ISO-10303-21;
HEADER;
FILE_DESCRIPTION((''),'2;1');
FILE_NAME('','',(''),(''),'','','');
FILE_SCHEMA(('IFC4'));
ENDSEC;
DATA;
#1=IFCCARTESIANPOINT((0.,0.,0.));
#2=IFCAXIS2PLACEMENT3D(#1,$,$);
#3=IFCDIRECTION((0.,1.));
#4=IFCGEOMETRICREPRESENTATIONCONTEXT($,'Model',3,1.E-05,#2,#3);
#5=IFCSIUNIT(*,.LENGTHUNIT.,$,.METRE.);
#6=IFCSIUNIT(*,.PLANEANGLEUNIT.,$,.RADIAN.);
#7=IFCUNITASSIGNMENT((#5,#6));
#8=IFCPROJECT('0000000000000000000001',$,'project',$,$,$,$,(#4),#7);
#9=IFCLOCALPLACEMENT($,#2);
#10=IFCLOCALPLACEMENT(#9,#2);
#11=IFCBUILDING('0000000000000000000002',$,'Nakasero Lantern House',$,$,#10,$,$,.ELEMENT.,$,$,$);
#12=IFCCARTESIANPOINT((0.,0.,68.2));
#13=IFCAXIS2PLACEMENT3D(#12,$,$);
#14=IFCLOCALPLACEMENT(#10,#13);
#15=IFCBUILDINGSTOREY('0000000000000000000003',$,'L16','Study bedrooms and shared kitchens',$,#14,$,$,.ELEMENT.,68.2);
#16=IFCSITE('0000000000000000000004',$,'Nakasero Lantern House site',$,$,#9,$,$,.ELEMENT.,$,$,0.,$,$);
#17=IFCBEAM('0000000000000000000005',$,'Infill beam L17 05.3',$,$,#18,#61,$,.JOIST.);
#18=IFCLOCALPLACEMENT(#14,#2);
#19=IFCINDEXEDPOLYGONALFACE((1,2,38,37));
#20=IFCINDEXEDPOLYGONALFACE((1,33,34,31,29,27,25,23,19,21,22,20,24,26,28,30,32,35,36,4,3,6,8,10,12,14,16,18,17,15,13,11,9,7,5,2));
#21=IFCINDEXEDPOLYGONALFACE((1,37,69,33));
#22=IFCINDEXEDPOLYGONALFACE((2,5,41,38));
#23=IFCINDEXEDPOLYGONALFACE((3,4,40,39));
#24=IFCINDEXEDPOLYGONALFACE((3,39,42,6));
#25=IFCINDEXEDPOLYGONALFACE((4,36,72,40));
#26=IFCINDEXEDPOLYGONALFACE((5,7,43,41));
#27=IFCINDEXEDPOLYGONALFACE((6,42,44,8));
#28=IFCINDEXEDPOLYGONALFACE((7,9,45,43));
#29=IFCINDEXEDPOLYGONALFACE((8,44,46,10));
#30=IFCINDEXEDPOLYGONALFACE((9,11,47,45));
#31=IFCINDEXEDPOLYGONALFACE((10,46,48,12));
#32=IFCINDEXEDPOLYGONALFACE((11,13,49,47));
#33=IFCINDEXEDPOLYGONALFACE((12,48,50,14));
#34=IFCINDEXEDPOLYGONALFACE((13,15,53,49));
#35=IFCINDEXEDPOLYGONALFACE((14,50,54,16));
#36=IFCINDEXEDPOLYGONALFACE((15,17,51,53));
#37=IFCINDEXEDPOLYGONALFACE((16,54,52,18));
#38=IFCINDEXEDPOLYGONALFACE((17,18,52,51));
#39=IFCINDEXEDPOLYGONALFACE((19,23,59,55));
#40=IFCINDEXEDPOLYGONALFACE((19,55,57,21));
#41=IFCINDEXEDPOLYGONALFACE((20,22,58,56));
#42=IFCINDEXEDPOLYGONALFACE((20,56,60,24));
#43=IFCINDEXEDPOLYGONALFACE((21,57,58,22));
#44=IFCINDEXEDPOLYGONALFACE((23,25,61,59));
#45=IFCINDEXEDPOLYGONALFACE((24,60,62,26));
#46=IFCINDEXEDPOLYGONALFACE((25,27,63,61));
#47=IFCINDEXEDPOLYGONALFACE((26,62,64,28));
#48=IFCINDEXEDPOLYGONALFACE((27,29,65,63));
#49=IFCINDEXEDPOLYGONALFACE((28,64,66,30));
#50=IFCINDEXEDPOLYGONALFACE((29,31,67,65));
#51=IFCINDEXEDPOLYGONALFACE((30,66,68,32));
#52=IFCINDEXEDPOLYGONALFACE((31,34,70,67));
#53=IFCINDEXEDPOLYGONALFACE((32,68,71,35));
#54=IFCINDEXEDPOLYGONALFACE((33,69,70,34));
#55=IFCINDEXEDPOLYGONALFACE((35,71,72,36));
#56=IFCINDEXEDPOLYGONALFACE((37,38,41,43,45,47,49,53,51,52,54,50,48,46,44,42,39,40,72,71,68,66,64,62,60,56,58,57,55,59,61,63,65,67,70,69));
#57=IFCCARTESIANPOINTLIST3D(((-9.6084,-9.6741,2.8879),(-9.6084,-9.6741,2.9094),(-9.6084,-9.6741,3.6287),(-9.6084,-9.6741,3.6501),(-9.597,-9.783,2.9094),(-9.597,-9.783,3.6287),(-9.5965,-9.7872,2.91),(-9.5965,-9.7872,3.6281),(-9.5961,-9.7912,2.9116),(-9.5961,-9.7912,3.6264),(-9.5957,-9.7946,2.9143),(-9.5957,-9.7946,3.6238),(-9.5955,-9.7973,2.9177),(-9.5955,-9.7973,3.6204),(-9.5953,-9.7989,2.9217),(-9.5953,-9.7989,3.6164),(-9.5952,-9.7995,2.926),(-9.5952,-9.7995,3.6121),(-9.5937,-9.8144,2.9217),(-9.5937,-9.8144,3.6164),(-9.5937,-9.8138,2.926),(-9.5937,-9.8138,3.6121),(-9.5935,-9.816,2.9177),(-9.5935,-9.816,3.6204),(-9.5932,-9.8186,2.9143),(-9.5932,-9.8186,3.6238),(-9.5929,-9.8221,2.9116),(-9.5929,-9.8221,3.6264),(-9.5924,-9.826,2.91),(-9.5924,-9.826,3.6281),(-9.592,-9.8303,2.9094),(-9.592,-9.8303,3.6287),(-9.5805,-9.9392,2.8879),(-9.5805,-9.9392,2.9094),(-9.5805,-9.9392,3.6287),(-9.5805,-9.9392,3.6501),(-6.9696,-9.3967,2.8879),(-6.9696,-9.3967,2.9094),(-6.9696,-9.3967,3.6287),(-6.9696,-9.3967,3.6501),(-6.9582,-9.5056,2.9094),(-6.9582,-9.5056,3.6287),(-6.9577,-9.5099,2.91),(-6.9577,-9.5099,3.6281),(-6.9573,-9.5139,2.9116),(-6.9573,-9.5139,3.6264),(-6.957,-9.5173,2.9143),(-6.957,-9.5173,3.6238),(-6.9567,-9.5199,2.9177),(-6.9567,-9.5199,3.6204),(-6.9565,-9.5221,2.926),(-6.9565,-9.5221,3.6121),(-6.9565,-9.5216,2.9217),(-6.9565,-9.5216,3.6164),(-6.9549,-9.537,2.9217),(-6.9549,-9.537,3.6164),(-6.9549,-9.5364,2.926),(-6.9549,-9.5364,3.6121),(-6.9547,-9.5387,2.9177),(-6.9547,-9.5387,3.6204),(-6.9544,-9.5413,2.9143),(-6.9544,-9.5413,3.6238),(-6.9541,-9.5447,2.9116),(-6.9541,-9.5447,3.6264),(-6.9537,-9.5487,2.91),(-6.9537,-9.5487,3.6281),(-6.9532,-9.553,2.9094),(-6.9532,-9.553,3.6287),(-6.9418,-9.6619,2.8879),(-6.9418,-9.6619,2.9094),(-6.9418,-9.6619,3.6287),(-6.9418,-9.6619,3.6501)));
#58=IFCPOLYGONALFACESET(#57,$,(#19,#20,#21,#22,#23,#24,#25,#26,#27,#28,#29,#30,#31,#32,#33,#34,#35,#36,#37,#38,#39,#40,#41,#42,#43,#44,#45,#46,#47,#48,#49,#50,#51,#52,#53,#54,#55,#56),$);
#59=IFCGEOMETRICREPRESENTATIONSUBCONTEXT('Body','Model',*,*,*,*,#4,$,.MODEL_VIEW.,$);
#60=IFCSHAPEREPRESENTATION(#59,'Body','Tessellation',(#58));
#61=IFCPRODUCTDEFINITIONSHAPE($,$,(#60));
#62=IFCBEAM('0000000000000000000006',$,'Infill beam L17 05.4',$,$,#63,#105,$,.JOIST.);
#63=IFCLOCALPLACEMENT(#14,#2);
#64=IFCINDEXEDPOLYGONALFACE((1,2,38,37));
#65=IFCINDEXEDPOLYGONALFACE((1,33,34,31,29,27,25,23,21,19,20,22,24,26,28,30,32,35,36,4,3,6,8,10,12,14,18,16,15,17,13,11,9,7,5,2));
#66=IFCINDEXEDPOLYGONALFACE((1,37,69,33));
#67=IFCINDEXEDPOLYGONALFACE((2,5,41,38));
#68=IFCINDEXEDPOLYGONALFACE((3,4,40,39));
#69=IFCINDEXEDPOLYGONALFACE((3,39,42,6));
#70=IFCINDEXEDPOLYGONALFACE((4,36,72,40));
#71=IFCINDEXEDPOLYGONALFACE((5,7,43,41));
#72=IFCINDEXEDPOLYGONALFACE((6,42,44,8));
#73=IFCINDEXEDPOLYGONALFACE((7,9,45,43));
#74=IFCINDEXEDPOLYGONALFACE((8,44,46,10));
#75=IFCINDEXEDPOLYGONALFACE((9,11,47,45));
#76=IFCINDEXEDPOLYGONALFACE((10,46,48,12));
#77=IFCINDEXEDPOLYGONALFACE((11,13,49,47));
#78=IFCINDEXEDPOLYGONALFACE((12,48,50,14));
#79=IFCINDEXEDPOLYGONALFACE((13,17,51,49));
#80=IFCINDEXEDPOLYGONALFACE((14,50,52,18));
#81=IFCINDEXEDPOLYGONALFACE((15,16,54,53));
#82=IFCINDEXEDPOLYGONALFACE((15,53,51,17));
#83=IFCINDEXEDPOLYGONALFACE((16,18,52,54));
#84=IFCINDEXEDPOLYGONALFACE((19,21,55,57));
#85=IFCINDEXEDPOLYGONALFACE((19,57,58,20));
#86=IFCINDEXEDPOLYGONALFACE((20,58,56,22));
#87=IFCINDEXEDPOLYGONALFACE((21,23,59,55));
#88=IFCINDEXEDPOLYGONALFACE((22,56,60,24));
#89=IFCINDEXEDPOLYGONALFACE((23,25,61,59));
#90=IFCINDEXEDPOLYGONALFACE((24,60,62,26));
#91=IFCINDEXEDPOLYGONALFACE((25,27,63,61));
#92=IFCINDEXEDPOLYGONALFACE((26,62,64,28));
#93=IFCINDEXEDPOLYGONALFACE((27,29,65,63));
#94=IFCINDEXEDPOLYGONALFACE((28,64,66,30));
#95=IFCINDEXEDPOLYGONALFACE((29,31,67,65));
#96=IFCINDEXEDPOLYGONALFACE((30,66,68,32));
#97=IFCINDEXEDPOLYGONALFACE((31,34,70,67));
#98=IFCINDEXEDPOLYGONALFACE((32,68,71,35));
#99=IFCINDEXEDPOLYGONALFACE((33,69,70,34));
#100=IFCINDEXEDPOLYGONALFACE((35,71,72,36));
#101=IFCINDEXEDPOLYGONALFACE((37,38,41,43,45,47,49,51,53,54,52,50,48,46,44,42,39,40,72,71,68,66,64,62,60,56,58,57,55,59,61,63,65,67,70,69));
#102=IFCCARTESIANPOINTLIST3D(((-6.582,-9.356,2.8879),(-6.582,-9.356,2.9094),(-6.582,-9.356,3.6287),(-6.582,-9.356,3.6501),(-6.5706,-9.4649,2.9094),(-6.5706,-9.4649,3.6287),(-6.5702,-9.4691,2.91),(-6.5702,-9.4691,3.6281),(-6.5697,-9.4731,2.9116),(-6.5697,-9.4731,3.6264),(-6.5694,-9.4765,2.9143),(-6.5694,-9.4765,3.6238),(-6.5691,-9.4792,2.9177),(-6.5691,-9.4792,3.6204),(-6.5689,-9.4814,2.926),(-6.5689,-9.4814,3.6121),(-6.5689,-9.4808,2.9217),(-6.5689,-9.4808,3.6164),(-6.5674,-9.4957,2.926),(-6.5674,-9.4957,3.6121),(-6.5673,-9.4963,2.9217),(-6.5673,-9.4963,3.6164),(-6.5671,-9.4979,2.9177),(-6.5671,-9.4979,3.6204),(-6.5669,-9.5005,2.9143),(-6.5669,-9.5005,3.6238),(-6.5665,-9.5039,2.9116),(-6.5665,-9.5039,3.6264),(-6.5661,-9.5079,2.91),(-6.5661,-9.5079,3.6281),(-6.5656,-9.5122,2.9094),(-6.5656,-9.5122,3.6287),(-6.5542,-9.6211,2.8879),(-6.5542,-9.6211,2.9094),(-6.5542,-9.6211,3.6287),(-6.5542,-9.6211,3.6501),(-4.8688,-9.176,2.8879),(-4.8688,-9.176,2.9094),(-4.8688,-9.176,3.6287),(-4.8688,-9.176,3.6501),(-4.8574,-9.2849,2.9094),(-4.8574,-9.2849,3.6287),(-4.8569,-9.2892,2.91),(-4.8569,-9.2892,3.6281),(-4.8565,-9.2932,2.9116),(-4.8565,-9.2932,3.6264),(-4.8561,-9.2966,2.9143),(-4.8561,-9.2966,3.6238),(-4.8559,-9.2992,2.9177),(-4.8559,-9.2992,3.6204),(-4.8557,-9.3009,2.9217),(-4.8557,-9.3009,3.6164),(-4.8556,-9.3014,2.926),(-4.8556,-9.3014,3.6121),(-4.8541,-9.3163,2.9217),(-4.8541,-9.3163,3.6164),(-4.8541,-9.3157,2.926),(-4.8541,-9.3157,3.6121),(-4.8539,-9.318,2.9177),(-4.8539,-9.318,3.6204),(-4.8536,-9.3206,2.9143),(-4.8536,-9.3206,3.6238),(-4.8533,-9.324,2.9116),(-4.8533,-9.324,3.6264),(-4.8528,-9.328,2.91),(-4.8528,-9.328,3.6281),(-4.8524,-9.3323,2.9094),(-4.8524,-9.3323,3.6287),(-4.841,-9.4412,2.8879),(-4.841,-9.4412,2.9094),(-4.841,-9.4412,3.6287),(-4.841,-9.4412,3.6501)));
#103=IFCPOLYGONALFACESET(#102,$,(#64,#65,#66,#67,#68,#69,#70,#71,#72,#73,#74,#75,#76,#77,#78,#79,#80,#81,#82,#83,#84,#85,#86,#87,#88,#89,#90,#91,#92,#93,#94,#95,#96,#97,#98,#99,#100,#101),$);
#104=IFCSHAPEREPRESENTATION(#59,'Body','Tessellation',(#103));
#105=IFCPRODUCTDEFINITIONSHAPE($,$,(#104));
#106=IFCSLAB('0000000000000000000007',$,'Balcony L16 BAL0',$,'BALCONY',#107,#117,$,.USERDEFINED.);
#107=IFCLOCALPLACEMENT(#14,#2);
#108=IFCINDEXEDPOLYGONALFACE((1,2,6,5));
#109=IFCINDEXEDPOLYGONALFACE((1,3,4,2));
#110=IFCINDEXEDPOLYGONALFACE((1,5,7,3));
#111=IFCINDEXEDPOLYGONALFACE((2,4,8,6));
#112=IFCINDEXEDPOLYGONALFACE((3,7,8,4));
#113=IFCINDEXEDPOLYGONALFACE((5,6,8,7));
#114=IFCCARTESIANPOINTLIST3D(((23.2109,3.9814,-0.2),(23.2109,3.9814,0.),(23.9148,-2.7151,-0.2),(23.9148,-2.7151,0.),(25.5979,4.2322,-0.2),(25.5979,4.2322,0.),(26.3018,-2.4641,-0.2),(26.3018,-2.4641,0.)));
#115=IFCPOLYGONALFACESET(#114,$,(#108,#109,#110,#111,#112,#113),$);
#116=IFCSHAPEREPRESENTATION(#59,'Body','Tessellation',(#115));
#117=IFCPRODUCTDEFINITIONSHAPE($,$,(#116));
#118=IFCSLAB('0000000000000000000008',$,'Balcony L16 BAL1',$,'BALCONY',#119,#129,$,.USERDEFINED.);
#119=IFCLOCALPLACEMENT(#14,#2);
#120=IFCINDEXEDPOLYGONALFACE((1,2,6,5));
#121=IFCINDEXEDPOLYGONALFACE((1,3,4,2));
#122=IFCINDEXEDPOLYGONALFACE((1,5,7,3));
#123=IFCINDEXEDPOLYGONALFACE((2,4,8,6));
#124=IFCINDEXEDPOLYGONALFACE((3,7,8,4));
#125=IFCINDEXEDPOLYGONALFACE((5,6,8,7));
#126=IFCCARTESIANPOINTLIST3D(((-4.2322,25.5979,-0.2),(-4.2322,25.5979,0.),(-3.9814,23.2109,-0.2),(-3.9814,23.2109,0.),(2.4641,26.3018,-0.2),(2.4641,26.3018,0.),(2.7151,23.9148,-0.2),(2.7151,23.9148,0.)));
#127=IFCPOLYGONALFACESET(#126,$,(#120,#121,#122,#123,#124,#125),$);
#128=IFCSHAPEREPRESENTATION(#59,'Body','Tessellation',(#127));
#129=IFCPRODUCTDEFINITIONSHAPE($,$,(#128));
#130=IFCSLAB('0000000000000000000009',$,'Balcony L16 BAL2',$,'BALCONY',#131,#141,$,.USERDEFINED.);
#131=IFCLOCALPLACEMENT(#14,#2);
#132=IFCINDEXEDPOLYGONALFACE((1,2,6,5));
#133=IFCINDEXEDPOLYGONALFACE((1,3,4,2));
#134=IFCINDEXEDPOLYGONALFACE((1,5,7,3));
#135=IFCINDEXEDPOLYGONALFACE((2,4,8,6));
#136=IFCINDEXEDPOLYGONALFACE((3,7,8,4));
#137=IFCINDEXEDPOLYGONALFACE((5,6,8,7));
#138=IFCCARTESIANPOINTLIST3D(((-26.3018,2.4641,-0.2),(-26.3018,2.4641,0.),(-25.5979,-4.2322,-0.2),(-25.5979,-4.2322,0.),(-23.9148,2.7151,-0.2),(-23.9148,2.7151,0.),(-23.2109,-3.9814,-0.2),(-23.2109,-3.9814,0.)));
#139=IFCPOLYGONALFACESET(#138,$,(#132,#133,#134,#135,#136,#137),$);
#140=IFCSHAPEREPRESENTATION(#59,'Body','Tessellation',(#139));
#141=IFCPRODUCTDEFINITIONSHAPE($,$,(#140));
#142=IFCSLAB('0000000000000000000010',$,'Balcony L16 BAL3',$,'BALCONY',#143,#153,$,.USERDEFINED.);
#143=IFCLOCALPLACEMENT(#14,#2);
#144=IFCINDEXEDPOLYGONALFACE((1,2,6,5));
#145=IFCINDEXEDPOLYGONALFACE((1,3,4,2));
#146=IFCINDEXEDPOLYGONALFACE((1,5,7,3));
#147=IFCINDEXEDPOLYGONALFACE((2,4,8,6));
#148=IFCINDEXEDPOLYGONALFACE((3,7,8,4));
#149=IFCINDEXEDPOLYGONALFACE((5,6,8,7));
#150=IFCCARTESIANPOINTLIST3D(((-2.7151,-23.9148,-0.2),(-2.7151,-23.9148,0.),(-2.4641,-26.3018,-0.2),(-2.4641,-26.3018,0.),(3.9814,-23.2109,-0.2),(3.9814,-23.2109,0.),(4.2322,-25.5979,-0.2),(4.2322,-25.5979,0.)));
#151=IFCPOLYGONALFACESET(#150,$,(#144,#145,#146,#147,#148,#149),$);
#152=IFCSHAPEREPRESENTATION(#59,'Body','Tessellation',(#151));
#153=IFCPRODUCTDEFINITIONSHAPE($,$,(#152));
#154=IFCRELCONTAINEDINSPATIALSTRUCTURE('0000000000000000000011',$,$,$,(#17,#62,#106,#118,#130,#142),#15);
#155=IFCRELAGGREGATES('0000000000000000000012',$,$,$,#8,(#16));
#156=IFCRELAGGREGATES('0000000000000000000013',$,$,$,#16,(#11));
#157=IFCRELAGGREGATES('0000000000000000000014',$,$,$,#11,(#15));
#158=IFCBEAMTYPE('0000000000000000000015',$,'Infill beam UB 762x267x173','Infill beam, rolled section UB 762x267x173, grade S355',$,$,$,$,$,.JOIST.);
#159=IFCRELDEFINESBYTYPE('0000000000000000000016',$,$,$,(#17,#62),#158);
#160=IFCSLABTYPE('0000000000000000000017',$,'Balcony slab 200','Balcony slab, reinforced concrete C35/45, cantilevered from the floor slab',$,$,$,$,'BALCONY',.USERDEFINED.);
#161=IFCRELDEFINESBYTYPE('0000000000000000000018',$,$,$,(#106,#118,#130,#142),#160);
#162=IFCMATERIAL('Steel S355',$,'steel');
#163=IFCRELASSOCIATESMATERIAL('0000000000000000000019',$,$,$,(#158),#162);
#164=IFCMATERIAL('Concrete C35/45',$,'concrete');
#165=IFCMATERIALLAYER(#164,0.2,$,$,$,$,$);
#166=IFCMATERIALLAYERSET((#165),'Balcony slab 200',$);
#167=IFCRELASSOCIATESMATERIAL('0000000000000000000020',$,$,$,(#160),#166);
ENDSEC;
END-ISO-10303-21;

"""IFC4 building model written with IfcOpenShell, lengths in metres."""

from ifc_helpers import new_model, si_unit, direction, frame, origin, origin_2d, place, context, subcontext, project, spatial, polyline, i_section, outline, extrude, material, layer, layer_set, material_profile, profile_set, type_object, element, save


model = new_model("IFC4")

# Units and contexts
model_context = context("Model", 3, precision=1e-05, world=origin(), true_north=direction((0.0, 1.0)))
body_context = subcontext(model_context, "Body", "Model", "MODEL_VIEW")
ifc_project = project(units=[si_unit("LENGTHUNIT", "METRE"), si_unit("PLANEANGLEUNIT", "RADIAN")], contexts=[model_context])

# Site, building, storey
site_placement = place(None, origin())
site = spatial("IfcSite", under=ifc_project, at=site_placement, Name="Nakasero Lantern House site", CompositionType="ELEMENT", RefElevation=0.0)
building_placement = place(site_placement, origin())
building = spatial("IfcBuilding", under=site, at=building_placement, Name="Nakasero Lantern House", CompositionType="ELEMENT")
storey_placement = place(building_placement, frame((0.0, 0.0, 68.2)))
storey = spatial("IfcBuildingStorey", under=building, at=storey_placement, Name="L16", Description="Study bedrooms and shared kitchens", CompositionType="ELEMENT", Elevation=68.2)

# Beams
ifc_material_1 = material(Name="Steel S355", Category="steel")
ifc_material_profile = material_profile(ifc_material_1, i_section(OverallWidth=0.2666, OverallDepth=0.7622, WebThickness=0.0144, FlangeThickness=0.0215, FilletRadius=0.0166, at=origin_2d()), Name="UB 762x267x173")
ifc_profile_set = profile_set([ifc_material_profile], Name="Steel S355")
beam_type = type_object("IfcBeamType", Name="Infill beam UB 762x267x173", Description="Infill beam, rolled section UB 762x267x173, grade S355", PredefinedType="JOIST", material=ifc_profile_set)
beam_1_placement = place(storey_placement, frame((-9.5945, -9.8066, 3.269), z_axis=(0.994522, 0.104532, 0.0), x_axis=(-0.104532, 0.994522, 0.0)))
element("IfcBeam", 1, at=beam_1_placement, inside=storey, type_object=beam_type, Name="Infill beam L17 05.3", PredefinedType="JOIST", context=body_context, shape_type="SweptSolid", body=[
    extrude(i_section(OverallWidth=0.2666, OverallDepth=0.7622, WebThickness=0.0144, FlangeThickness=0.0215, FilletRadius=0.0166, at=origin_2d()), origin(), (0.0, 0.0, 1.0), 2.6533),
])
beam_2_placement = place(storey_placement, frame((-6.5681, -9.4885, 3.269), z_axis=(0.99453, 0.104456, 0.0), x_axis=(-0.104456, 0.99453, 0.0)))
element("IfcBeam", 2, at=beam_2_placement, inside=storey, type_object=beam_type, Name="Infill beam L17 05.4", PredefinedType="JOIST", context=body_context, shape_type="SweptSolid", body=[
    extrude(i_section(OverallWidth=0.2666, OverallDepth=0.7622, WebThickness=0.0144, FlangeThickness=0.0215, FilletRadius=0.0166, at=origin_2d()), origin(), (0.0, 0.0, 1.0), 1.7227),
])

# Slabs
ifc_material_2 = material(Name="Concrete C35/45", Category="concrete")
ifc_layer_1 = layer(ifc_material_2, 0.2)
ifc_layer_set_1 = layer_set([ifc_layer_1], Name="Balcony slab 200")
slab_type_1 = type_object("IfcSlabType", Name="Balcony slab 200", Description="Balcony slab, reinforced concrete C35/45, cantilevered from the floor slab", ElementType="BALCONY", PredefinedType="USERDEFINED", material=ifc_layer_set_1)
slab_1_placement = place(storey_placement, frame((0.0, 0.0, -0.2)))
element("IfcSlab", 3, at=slab_1_placement, inside=storey, type_object=slab_type_1, Name="Balcony L16 BAL0", ObjectType="BALCONY", PredefinedType="USERDEFINED", context=body_context, shape_type="SweptSolid", body=[
    extrude(outline(polyline([(23.9148, -2.7151), (26.3018, -2.4641), (25.5979, 4.2322), (23.2109, 3.9814), (23.9148, -2.7151)])), origin(), (0.0, 0.0, 1.0), 0.2),
])
slab_2_placement = place(storey_placement, frame((0.0, 0.0, -0.2)))
element("IfcSlab", 4, at=slab_2_placement, inside=storey, type_object=slab_type_1, Name="Balcony L16 BAL1", ObjectType="BALCONY", PredefinedType="USERDEFINED", context=body_context, shape_type="SweptSolid", body=[
    extrude(outline(polyline([(2.7151, 23.9148), (2.4641, 26.3018), (-4.2322, 25.5979), (-3.9814, 23.2109), (2.7151, 23.9148)])), origin(), (0.0, 0.0, 1.0), 0.2),
])
slab_3_placement = place(storey_placement, frame((0.0, 0.0, -0.2)))
element("IfcSlab", 5, at=slab_3_placement, inside=storey, type_object=slab_type_1, Name="Balcony L16 BAL2", ObjectType="BALCONY", PredefinedType="USERDEFINED", context=body_context, shape_type="SweptSolid", body=[
    extrude(outline(polyline([(-23.9148, 2.7151), (-26.3018, 2.4641), (-25.5979, -4.2322), (-23.2109, -3.9814), (-23.9148, 2.7151)])), origin(), (0.0, 0.0, 1.0), 0.2),
])
slab_4_placement = place(storey_placement, frame((0.0, 0.0, -0.2)))
element("IfcSlab", 6, at=slab_4_placement, inside=storey, type_object=slab_type_1, Name="Balcony L16 BAL3", ObjectType="BALCONY", PredefinedType="USERDEFINED", context=body_context, shape_type="SweptSolid", body=[
    extrude(outline(polyline([(-2.7151, -23.9148), (-2.4641, -26.3018), (4.2322, -25.5979), (3.9814, -23.2109), (-2.7151, -23.9148)])), origin(), (0.0, 0.0, 1.0), 0.2),
])

save(model, "model.ifc")
